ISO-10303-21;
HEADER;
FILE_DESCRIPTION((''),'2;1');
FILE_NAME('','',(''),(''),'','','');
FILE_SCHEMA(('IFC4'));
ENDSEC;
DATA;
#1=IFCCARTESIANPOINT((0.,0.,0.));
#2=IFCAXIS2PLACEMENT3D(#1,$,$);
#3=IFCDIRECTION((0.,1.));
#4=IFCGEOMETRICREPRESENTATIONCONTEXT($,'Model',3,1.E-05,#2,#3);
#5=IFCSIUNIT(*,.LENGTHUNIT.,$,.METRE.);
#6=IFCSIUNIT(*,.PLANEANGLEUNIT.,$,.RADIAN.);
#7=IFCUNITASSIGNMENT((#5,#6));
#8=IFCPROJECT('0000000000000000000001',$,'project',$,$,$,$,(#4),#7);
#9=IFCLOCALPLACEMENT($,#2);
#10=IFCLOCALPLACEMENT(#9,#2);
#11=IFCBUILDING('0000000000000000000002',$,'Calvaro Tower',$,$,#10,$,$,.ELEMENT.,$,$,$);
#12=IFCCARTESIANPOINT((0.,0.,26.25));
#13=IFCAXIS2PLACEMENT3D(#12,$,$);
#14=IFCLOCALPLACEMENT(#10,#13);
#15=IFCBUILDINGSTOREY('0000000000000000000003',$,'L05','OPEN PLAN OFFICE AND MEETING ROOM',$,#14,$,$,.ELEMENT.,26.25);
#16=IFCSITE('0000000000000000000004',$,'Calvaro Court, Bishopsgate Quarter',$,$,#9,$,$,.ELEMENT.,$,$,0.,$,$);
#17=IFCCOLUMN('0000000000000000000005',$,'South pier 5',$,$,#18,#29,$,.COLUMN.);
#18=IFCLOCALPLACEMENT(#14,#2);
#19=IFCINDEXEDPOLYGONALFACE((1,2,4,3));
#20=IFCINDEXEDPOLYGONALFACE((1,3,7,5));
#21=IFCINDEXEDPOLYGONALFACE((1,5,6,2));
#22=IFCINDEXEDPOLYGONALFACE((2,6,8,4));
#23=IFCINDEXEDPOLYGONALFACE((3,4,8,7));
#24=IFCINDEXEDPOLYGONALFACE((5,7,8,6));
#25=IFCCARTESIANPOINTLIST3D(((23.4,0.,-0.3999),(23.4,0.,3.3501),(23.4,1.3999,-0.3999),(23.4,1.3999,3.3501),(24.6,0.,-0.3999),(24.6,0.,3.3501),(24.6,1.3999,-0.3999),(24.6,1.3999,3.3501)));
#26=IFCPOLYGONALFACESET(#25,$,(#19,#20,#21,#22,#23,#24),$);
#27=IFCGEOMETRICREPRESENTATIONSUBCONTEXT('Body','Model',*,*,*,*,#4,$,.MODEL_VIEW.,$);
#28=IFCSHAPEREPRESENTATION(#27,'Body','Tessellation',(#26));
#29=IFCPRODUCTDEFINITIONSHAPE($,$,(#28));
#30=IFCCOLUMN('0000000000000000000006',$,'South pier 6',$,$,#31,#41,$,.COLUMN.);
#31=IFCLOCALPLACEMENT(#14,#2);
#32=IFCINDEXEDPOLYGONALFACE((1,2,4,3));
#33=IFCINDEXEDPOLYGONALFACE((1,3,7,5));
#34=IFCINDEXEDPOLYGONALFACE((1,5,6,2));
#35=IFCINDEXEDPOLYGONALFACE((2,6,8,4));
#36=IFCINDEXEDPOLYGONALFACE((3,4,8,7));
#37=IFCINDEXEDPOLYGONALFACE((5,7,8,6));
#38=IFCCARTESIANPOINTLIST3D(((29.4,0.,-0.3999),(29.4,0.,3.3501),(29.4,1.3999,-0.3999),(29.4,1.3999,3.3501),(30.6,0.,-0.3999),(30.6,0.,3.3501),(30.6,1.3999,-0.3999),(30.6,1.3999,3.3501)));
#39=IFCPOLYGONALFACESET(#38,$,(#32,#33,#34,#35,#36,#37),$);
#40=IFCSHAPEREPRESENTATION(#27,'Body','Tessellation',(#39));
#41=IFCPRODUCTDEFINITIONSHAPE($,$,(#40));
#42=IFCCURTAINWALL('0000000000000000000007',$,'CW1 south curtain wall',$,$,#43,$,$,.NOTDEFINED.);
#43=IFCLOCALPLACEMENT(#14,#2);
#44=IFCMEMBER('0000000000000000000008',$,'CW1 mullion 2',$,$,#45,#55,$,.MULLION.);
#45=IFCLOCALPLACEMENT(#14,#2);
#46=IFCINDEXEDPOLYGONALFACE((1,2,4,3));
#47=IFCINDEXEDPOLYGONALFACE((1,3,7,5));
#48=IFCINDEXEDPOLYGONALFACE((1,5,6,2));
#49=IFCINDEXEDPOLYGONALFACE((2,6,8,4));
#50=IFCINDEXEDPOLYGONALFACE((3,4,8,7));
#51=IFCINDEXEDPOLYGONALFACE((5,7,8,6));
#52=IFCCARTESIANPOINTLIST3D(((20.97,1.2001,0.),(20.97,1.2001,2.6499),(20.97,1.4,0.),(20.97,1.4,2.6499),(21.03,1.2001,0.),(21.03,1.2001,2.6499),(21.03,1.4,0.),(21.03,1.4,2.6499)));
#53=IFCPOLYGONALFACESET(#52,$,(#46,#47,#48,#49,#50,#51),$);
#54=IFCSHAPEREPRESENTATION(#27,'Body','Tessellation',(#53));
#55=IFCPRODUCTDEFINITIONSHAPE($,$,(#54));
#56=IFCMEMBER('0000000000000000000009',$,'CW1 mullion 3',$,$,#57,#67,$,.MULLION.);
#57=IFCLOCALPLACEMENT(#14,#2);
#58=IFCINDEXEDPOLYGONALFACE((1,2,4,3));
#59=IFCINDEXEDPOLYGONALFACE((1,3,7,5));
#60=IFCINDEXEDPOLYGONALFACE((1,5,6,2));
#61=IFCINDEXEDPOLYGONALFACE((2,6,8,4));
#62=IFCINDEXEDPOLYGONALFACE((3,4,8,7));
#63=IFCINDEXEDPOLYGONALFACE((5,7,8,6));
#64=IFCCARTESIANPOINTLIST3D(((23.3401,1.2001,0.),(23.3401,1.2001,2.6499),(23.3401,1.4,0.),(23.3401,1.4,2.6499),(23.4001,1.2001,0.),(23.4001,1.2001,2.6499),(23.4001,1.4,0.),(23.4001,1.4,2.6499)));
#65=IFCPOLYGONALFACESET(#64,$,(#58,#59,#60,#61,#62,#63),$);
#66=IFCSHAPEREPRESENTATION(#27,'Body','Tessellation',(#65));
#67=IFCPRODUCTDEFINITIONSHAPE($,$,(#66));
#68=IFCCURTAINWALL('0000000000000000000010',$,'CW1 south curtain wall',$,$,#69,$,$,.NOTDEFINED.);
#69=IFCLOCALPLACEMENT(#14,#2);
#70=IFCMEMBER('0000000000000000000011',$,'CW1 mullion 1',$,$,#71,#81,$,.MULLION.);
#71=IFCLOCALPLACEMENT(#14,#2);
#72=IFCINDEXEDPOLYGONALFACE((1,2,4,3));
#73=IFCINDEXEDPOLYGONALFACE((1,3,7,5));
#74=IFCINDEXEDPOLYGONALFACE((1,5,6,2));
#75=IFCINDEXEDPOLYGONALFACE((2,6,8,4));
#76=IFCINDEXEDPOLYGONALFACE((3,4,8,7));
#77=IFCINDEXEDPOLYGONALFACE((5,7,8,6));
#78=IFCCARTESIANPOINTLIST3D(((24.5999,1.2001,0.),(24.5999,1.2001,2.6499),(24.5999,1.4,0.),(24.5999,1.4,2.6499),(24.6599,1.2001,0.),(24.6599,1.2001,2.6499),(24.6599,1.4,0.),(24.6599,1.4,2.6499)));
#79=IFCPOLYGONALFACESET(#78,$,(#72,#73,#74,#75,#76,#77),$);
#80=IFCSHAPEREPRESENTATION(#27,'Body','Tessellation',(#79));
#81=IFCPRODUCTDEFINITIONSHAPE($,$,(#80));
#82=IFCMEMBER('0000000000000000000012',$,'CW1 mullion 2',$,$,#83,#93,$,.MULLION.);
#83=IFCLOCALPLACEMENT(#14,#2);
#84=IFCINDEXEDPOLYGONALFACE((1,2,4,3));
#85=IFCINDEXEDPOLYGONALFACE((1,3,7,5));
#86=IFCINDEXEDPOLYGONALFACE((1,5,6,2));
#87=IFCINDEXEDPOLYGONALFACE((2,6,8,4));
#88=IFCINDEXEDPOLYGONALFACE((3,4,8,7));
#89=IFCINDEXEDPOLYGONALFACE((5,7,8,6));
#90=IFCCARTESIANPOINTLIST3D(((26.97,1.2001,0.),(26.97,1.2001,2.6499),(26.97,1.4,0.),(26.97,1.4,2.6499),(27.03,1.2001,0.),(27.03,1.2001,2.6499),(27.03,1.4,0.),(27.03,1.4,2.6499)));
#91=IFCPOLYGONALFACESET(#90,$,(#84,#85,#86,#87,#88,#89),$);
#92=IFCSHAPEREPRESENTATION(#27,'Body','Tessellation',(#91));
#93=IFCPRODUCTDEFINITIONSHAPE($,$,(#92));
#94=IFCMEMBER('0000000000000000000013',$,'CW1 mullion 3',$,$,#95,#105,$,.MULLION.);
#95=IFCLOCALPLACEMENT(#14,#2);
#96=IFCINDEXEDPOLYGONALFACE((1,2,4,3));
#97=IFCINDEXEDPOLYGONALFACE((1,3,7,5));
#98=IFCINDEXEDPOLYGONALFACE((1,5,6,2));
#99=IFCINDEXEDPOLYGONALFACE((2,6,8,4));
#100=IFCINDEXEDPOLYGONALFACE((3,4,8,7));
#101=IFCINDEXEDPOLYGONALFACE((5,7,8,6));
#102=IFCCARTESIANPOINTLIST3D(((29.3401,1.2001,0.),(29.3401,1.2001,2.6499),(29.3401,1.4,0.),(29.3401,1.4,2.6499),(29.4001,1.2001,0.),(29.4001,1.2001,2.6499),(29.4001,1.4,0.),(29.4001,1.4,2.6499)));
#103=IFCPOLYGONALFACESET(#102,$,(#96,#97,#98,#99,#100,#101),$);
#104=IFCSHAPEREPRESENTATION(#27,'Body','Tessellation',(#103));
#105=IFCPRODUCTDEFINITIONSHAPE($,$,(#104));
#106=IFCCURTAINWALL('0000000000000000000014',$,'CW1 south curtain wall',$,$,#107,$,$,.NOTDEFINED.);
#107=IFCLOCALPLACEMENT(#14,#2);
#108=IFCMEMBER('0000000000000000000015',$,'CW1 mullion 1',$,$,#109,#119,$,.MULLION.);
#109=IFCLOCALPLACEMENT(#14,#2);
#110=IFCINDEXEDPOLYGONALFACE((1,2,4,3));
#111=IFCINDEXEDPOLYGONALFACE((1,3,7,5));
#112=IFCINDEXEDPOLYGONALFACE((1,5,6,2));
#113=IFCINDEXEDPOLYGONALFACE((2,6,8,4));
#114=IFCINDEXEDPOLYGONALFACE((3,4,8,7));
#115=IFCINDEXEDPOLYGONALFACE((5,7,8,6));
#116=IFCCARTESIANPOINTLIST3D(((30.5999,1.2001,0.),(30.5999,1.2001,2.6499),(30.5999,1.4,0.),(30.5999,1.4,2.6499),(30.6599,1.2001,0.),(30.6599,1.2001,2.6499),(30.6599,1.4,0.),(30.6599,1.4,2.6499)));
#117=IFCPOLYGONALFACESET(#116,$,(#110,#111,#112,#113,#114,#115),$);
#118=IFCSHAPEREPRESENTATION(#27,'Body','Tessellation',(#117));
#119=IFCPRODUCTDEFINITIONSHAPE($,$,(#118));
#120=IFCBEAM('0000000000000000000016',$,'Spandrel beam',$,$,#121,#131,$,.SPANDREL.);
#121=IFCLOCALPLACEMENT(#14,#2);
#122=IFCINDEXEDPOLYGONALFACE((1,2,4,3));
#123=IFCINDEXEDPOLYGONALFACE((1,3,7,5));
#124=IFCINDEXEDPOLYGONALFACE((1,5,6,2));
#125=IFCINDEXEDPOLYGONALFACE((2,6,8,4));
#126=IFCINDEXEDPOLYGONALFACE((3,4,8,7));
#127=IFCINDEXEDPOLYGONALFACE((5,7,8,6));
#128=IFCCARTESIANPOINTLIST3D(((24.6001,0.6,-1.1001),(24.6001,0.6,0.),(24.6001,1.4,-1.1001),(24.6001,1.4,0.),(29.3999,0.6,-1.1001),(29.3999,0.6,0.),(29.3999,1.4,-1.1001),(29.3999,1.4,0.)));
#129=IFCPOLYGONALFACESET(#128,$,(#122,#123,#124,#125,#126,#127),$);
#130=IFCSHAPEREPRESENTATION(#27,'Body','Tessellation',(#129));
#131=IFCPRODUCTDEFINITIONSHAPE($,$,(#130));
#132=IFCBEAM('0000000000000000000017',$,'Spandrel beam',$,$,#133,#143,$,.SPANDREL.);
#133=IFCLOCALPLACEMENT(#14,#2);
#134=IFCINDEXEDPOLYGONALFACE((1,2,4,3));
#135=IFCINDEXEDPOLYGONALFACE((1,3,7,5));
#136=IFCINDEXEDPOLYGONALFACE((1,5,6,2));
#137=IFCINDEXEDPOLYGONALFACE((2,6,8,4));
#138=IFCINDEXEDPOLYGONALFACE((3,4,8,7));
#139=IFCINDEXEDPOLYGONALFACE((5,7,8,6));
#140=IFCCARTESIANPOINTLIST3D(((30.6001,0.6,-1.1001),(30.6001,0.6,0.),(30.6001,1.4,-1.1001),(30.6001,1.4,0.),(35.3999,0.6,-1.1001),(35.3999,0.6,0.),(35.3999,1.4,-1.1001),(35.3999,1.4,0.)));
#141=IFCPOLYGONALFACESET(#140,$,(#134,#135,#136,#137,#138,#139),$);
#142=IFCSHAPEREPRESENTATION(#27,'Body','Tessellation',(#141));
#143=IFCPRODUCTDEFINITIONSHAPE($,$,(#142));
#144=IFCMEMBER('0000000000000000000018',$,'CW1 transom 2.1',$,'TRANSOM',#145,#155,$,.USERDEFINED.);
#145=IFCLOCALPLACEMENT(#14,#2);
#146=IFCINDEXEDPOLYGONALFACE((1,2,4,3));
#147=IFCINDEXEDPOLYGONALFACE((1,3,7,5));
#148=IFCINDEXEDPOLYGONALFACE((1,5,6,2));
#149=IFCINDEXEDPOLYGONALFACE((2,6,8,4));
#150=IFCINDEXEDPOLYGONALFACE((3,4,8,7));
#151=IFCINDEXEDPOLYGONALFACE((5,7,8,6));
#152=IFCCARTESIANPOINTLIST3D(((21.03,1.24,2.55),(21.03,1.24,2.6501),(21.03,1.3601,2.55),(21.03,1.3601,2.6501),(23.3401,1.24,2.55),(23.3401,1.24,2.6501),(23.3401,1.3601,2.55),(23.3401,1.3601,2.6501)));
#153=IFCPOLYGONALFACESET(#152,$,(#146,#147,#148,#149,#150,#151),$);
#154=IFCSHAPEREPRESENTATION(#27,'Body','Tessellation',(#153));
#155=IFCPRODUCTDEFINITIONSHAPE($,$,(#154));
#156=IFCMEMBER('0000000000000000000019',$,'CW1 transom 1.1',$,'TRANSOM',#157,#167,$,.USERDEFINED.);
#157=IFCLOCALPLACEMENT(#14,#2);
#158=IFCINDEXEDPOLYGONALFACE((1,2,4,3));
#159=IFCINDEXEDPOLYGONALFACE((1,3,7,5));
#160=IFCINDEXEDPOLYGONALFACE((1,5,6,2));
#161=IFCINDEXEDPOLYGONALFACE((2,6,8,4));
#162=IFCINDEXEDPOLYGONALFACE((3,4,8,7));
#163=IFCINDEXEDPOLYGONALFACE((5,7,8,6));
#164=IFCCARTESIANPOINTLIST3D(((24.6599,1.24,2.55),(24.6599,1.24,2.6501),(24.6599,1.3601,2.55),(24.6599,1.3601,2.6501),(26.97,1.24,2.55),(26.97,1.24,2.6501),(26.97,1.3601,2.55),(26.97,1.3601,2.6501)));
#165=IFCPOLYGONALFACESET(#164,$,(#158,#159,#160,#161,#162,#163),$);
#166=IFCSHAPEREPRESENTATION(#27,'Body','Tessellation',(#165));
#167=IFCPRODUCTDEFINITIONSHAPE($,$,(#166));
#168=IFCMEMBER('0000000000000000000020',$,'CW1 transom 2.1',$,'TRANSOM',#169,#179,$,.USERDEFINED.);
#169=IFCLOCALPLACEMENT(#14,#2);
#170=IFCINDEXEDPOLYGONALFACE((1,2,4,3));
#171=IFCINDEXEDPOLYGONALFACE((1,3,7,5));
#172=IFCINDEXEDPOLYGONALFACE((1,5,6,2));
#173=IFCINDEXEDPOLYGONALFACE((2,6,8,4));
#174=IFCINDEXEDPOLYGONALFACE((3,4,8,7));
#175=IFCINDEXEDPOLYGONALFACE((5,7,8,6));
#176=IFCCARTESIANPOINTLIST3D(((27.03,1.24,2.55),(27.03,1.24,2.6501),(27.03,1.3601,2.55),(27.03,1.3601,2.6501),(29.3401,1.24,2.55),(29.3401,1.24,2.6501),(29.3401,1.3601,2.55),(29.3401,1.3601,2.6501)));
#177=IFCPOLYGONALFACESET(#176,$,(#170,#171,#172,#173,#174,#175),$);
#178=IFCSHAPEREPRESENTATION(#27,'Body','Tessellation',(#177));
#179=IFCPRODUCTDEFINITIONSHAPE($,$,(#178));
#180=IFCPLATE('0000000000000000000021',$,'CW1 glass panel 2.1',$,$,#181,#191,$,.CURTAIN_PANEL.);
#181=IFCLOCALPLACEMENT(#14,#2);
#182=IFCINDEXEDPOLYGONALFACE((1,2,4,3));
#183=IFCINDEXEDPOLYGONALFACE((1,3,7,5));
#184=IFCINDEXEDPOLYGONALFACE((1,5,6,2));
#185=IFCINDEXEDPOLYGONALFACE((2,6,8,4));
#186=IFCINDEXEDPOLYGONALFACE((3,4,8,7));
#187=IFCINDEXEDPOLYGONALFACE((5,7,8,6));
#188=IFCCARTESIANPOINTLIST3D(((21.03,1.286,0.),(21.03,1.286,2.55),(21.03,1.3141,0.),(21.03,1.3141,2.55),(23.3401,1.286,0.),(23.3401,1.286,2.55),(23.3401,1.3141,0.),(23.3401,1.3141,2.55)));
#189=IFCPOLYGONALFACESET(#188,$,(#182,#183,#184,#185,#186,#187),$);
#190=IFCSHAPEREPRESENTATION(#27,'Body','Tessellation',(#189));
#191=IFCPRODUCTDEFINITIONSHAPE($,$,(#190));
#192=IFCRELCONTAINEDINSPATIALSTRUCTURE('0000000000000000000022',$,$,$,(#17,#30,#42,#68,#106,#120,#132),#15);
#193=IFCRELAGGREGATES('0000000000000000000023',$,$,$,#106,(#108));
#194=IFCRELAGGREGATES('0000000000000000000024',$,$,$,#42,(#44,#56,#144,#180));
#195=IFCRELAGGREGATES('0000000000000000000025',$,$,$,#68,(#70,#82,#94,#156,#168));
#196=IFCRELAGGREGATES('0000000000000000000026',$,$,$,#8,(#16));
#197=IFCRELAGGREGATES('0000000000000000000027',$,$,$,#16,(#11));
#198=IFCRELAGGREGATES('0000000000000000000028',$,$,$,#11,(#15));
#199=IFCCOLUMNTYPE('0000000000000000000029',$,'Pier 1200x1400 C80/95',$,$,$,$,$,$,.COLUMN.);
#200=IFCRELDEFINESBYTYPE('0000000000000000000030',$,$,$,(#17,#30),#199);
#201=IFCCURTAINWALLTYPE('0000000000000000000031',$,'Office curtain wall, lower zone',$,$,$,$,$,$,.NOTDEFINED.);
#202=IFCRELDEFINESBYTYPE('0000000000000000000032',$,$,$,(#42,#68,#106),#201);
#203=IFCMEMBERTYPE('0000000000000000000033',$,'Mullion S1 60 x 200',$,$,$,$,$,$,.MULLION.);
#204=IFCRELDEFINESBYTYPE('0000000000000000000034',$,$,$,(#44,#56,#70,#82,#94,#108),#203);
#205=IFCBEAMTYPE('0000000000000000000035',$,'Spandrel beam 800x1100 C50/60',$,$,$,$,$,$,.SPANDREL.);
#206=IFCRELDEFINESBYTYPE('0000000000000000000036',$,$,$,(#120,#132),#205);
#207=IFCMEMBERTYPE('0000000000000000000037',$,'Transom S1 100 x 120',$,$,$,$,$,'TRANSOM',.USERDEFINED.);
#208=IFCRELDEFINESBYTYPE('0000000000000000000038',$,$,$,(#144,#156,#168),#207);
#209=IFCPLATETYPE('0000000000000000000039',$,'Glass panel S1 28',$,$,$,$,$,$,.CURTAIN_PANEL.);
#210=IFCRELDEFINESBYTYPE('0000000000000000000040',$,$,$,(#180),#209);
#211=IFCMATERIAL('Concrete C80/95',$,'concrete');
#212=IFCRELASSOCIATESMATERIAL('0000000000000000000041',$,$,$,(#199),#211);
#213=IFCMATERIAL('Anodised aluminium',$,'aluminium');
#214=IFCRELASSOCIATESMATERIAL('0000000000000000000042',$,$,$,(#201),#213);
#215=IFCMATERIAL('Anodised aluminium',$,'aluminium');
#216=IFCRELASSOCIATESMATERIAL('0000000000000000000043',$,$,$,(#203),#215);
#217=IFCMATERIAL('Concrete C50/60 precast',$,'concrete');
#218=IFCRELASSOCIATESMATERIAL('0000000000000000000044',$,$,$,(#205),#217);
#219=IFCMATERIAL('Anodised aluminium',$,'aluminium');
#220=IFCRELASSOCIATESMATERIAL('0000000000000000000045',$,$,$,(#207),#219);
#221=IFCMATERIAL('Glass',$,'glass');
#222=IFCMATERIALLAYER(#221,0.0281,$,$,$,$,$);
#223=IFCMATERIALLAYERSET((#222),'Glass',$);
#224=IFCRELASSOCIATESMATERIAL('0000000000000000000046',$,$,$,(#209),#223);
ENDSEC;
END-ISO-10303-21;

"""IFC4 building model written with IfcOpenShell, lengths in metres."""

from ifc_helpers import new_model, si_unit, direction, frame, origin, origin_2d, place, context, subcontext, project, spatial, rectangle, extrude, material, layer, layer_set, material_profile, profile_set, type_object, element, aggregate, save


model = new_model("IFC4")

# Units and contexts
model_context = context("Model", 3, precision=1e-05, world=origin(), true_north=direction((0.0, 1.0)))
body_context = subcontext(model_context, "Body", "Model", "MODEL_VIEW")
ifc_project = project(units=[si_unit("LENGTHUNIT", "METRE"), si_unit("PLANEANGLEUNIT", "RADIAN")], contexts=[model_context])

# Site, building, storey
site_placement = place(None, origin())
site = spatial("IfcSite", under=ifc_project, at=site_placement, Name="Calvaro Court, Bishopsgate Quarter", CompositionType="ELEMENT", RefElevation=0.0)
building_placement = place(site_placement, origin())
building = spatial("IfcBuilding", under=site, at=building_placement, Name="Calvaro Tower", CompositionType="ELEMENT")
storey_placement = place(building_placement, frame((0.0, 0.0, 26.25)))
storey = spatial("IfcBuildingStorey", under=building, at=storey_placement, Name="L05", Description="OPEN PLAN OFFICE AND MEETING ROOM", CompositionType="ELEMENT", Elevation=26.25)

# Columns
ifc_material_1 = material(Name="Concrete C80/95", Category="concrete")
ifc_material_profile_1 = material_profile(ifc_material_1, rectangle(XDim=1.2, YDim=1.3999, at=origin_2d()), Name="RC 1200x1400")
ifc_profile_set_1 = profile_set([ifc_material_profile_1], Name="Concrete C80/95")
column_type = type_object("IfcColumnType", Name="Pier 1200x1400 C80/95", PredefinedType="COLUMN", material=ifc_profile_set_1)
for number, where, z_axis, x_axis, name in (
    (1, (24.0, 0.7, -0.3999), (0.0, 0.0, 1.0), (1.0, 0.0, 0.0), "South pier 5"),
    (2, (30.0, 0.7, -0.3999), (0.0, 0.0, 1.0), (1.0, 0.0, 0.0), "South pier 6"),
):
    element("IfcColumn", number, at=place(storey_placement, frame(where, z_axis=z_axis, x_axis=x_axis)), inside=storey, type_object=column_type, Name=name, PredefinedType="COLUMN", context=body_context, shape_type="SweptSolid", body=[
        extrude(rectangle(XDim=1.2, YDim=1.3999, at=origin_2d()), origin(), (0.0, 0.0, 1.0), 3.75),
    ])

# Curtain walls, members
ifc_material_2 = material(Name="Anodised aluminium", Category="aluminium")
curtain_wall_type = type_object("IfcCurtainWallType", Name="Office curtain wall, lower zone", PredefinedType="NOTDEFINED", material=ifc_material_2)
curtain_wall_1_placement = place(storey_placement, origin())
curtain_wall_1 = element("IfcCurtainWall", 3, at=curtain_wall_1_placement, inside=storey, type_object=curtain_wall_type, Name="CW1 south curtain wall", PredefinedType="NOTDEFINED")
ifc_material_3 = material(Name="Anodised aluminium", Category="aluminium")
ifc_material_profile_2 = material_profile(ifc_material_3, rectangle(XDim=0.2, YDim=0.0601, at=origin_2d()), Name="Mullion S1 60 x 200")
ifc_profile_set_2 = profile_set([ifc_material_profile_2], Name="Anodised aluminium")
member_type_1 = type_object("IfcMemberType", Name="Mullion S1 60 x 200", PredefinedType="MULLION", material=ifc_profile_set_2)
member_1_placement = place(storey_placement, frame((21.0, 1.3, 0.0), z_axis=(0.0, 0.0, 1.0), x_axis=(0.0, 1.0, 0.0)))
member_1 = element("IfcMember", 4, at=member_1_placement, type_object=member_type_1, Name="CW1 mullion 2", PredefinedType="MULLION", context=body_context, shape_type="SweptSolid", body=[
    extrude(rectangle(XDim=0.2, YDim=0.0601, at=origin_2d()), origin(), (0.0, 0.0, 1.0), 2.6499),
])
member_2_placement = place(storey_placement, frame((23.3701, 1.3, 0.0), z_axis=(0.0, 0.0, 1.0), x_axis=(0.0, 1.0, 0.0)))
member_2 = element("IfcMember", 5, at=member_2_placement, type_object=member_type_1, Name="CW1 mullion 3", PredefinedType="MULLION", context=body_context, shape_type="SweptSolid", body=[
    extrude(rectangle(XDim=0.2, YDim=0.0601, at=origin_2d()), origin(), (0.0, 0.0, 1.0), 2.6499),
])
curtain_wall_2_placement = place(storey_placement, origin())
curtain_wall_2 = element("IfcCurtainWall", 6, at=curtain_wall_2_placement, inside=storey, type_object=curtain_wall_type, Name="CW1 south curtain wall", PredefinedType="NOTDEFINED")
member_3_placement = place(storey_placement, frame((24.6299, 1.3, 0.0), z_axis=(0.0, 0.0, 1.0), x_axis=(0.0, 1.0, 0.0)))
member_3 = element("IfcMember", 7, at=member_3_placement, type_object=member_type_1, Name="CW1 mullion 1", PredefinedType="MULLION", context=body_context, shape_type="SweptSolid", body=[
    extrude(rectangle(XDim=0.2, YDim=0.0601, at=origin_2d()), origin(), (0.0, 0.0, 1.0), 2.6499),
])
member_4_placement = place(storey_placement, frame((27.0, 1.3, 0.0), z_axis=(0.0, 0.0, 1.0), x_axis=(0.0, 1.0, 0.0)))
member_4 = element("IfcMember", 8, at=member_4_placement, type_object=member_type_1, Name="CW1 mullion 2", PredefinedType="MULLION", context=body_context, shape_type="SweptSolid", body=[
    extrude(rectangle(XDim=0.2, YDim=0.0601, at=origin_2d()), origin(), (0.0, 0.0, 1.0), 2.6499),
])
member_5_placement = place(storey_placement, frame((29.3701, 1.3, 0.0), z_axis=(0.0, 0.0, 1.0), x_axis=(0.0, 1.0, 0.0)))
member_5 = element("IfcMember", 9, at=member_5_placement, type_object=member_type_1, Name="CW1 mullion 3", PredefinedType="MULLION", context=body_context, shape_type="SweptSolid", body=[
    extrude(rectangle(XDim=0.2, YDim=0.0601, at=origin_2d()), origin(), (0.0, 0.0, 1.0), 2.6499),
])

# Curtain wall, member
curtain_wall_3_placement = place(storey_placement, origin())
curtain_wall_3 = element("IfcCurtainWall", 10, at=curtain_wall_3_placement, inside=storey, type_object=curtain_wall_type, Name="CW1 south curtain wall", PredefinedType="NOTDEFINED")
member_6_placement = place(storey_placement, frame((30.6299, 1.3, 0.0), z_axis=(0.0, 0.0, 1.0), x_axis=(0.0, 1.0, 0.0)))
member_6 = element("IfcMember", 11, at=member_6_placement, type_object=member_type_1, Name="CW1 mullion 1", PredefinedType="MULLION", context=body_context, shape_type="SweptSolid", body=[
    extrude(rectangle(XDim=0.2, YDim=0.0601, at=origin_2d()), origin(), (0.0, 0.0, 1.0), 2.6499),
])
aggregate(curtain_wall_3, [member_6])

# Beams
ifc_material_4 = material(Name="Concrete C50/60 precast", Category="concrete")
ifc_material_profile_3 = material_profile(ifc_material_4, rectangle(XDim=0.8, YDim=1.1001, at=origin_2d()), Name="RC 800x1100")
ifc_profile_set_3 = profile_set([ifc_material_profile_3], Name="Concrete C50/60 precast")
beam_type = type_object("IfcBeamType", Name="Spandrel beam 800x1100 C50/60", PredefinedType="SPANDREL", material=ifc_profile_set_3)
for number, where, z_axis, x_axis, name in (
    (12, (24.6001, 1.0, -0.55), (1.0, 0.0, 0.0), (0.0, 1.0, 0.0), "Spandrel beam"),
    (13, (30.6001, 1.0, -0.55), (1.0, 0.0, 0.0), (0.0, 1.0, 0.0), "Spandrel beam"),
):
    element("IfcBeam", number, at=place(storey_placement, frame(where, z_axis=z_axis, x_axis=x_axis)), inside=storey, type_object=beam_type, Name=name, PredefinedType="SPANDREL", context=body_context, shape_type="SweptSolid", body=[
        extrude(rectangle(XDim=0.8, YDim=1.1001, at=origin_2d()), origin(), (0.0, 0.0, 1.0), 4.7998),
    ])

# Members
ifc_material_5 = material(Name="Anodised aluminium", Category="aluminium")
ifc_material_profile_4 = material_profile(ifc_material_5, rectangle(XDim=0.1201, YDim=0.1001, at=origin_2d()), Name="Transom S1 100 x 120")
ifc_profile_set_4 = profile_set([ifc_material_profile_4], Name="Anodised aluminium")
member_type_2 = type_object("IfcMemberType", Name="Transom S1 100 x 120", ElementType="TRANSOM", PredefinedType="USERDEFINED", material=ifc_profile_set_4)
member_7_placement = place(storey_placement, frame((21.03, 1.3, 2.6001), z_axis=(1.0, 0.0, 0.0), x_axis=(0.0, 1.0, 0.0)))
member_7 = element("IfcMember", 14, at=member_7_placement, type_object=member_type_2, Name="CW1 transom 2.1", ObjectType="TRANSOM", PredefinedType="USERDEFINED", context=body_context, shape_type="SweptSolid", body=[
    extrude(rectangle(XDim=0.1201, YDim=0.1001, at=origin_2d()), origin(), (0.0, 0.0, 1.0), 2.3101),
])
member_8_placement = place(storey_placement, frame((24.6599, 1.3, 2.6001), z_axis=(1.0, 0.0, 0.0), x_axis=(0.0, 1.0, 0.0)))
member_8 = element("IfcMember", 15, at=member_8_placement, type_object=member_type_2, Name="CW1 transom 1.1", ObjectType="TRANSOM", PredefinedType="USERDEFINED", context=body_context, shape_type="SweptSolid", body=[
    extrude(rectangle(XDim=0.1201, YDim=0.1001, at=origin_2d()), origin(), (0.0, 0.0, 1.0), 2.3101),
])
member_9_placement = place(storey_placement, frame((27.03, 1.3, 2.6001), z_axis=(1.0, 0.0, 0.0), x_axis=(0.0, 1.0, 0.0)))
member_9 = element("IfcMember", 16, at=member_9_placement, type_object=member_type_2, Name="CW1 transom 2.1", ObjectType="TRANSOM", PredefinedType="USERDEFINED", context=body_context, shape_type="SweptSolid", body=[
    extrude(rectangle(XDim=0.1201, YDim=0.1001, at=origin_2d()), origin(), (0.0, 0.0, 1.0), 2.3101),
])

# Plate
ifc_material_6 = material(Name="Glass", Category="glass")
ifc_layer = layer(ifc_material_6, 0.0281)
ifc_layer_set = layer_set([ifc_layer], Name="Glass")
plate_type = type_object("IfcPlateType", Name="Glass panel S1 28", PredefinedType="CURTAIN_PANEL", material=ifc_layer_set)
plate_1_placement = place(storey_placement, frame((22.1851, 1.3, 0.0), z_axis=(0.0, 0.0, 1.0), x_axis=(1.0, 0.0, 0.0)))
plate_1 = element("IfcPlate", 17, at=plate_1_placement, type_object=plate_type, Name="CW1 glass panel 2.1", PredefinedType="CURTAIN_PANEL", context=body_context, shape_type="SweptSolid", body=[
    extrude(rectangle(XDim=2.3101, YDim=0.0281, at=origin_2d()), origin(), (0.0, 0.0, 1.0), 2.55),
])
aggregate(curtain_wall_1, [member_1, member_2, member_7, plate_1])
aggregate(curtain_wall_2, [member_3, member_4, member_5, member_8, member_9])

save(model, "model.ifc")
